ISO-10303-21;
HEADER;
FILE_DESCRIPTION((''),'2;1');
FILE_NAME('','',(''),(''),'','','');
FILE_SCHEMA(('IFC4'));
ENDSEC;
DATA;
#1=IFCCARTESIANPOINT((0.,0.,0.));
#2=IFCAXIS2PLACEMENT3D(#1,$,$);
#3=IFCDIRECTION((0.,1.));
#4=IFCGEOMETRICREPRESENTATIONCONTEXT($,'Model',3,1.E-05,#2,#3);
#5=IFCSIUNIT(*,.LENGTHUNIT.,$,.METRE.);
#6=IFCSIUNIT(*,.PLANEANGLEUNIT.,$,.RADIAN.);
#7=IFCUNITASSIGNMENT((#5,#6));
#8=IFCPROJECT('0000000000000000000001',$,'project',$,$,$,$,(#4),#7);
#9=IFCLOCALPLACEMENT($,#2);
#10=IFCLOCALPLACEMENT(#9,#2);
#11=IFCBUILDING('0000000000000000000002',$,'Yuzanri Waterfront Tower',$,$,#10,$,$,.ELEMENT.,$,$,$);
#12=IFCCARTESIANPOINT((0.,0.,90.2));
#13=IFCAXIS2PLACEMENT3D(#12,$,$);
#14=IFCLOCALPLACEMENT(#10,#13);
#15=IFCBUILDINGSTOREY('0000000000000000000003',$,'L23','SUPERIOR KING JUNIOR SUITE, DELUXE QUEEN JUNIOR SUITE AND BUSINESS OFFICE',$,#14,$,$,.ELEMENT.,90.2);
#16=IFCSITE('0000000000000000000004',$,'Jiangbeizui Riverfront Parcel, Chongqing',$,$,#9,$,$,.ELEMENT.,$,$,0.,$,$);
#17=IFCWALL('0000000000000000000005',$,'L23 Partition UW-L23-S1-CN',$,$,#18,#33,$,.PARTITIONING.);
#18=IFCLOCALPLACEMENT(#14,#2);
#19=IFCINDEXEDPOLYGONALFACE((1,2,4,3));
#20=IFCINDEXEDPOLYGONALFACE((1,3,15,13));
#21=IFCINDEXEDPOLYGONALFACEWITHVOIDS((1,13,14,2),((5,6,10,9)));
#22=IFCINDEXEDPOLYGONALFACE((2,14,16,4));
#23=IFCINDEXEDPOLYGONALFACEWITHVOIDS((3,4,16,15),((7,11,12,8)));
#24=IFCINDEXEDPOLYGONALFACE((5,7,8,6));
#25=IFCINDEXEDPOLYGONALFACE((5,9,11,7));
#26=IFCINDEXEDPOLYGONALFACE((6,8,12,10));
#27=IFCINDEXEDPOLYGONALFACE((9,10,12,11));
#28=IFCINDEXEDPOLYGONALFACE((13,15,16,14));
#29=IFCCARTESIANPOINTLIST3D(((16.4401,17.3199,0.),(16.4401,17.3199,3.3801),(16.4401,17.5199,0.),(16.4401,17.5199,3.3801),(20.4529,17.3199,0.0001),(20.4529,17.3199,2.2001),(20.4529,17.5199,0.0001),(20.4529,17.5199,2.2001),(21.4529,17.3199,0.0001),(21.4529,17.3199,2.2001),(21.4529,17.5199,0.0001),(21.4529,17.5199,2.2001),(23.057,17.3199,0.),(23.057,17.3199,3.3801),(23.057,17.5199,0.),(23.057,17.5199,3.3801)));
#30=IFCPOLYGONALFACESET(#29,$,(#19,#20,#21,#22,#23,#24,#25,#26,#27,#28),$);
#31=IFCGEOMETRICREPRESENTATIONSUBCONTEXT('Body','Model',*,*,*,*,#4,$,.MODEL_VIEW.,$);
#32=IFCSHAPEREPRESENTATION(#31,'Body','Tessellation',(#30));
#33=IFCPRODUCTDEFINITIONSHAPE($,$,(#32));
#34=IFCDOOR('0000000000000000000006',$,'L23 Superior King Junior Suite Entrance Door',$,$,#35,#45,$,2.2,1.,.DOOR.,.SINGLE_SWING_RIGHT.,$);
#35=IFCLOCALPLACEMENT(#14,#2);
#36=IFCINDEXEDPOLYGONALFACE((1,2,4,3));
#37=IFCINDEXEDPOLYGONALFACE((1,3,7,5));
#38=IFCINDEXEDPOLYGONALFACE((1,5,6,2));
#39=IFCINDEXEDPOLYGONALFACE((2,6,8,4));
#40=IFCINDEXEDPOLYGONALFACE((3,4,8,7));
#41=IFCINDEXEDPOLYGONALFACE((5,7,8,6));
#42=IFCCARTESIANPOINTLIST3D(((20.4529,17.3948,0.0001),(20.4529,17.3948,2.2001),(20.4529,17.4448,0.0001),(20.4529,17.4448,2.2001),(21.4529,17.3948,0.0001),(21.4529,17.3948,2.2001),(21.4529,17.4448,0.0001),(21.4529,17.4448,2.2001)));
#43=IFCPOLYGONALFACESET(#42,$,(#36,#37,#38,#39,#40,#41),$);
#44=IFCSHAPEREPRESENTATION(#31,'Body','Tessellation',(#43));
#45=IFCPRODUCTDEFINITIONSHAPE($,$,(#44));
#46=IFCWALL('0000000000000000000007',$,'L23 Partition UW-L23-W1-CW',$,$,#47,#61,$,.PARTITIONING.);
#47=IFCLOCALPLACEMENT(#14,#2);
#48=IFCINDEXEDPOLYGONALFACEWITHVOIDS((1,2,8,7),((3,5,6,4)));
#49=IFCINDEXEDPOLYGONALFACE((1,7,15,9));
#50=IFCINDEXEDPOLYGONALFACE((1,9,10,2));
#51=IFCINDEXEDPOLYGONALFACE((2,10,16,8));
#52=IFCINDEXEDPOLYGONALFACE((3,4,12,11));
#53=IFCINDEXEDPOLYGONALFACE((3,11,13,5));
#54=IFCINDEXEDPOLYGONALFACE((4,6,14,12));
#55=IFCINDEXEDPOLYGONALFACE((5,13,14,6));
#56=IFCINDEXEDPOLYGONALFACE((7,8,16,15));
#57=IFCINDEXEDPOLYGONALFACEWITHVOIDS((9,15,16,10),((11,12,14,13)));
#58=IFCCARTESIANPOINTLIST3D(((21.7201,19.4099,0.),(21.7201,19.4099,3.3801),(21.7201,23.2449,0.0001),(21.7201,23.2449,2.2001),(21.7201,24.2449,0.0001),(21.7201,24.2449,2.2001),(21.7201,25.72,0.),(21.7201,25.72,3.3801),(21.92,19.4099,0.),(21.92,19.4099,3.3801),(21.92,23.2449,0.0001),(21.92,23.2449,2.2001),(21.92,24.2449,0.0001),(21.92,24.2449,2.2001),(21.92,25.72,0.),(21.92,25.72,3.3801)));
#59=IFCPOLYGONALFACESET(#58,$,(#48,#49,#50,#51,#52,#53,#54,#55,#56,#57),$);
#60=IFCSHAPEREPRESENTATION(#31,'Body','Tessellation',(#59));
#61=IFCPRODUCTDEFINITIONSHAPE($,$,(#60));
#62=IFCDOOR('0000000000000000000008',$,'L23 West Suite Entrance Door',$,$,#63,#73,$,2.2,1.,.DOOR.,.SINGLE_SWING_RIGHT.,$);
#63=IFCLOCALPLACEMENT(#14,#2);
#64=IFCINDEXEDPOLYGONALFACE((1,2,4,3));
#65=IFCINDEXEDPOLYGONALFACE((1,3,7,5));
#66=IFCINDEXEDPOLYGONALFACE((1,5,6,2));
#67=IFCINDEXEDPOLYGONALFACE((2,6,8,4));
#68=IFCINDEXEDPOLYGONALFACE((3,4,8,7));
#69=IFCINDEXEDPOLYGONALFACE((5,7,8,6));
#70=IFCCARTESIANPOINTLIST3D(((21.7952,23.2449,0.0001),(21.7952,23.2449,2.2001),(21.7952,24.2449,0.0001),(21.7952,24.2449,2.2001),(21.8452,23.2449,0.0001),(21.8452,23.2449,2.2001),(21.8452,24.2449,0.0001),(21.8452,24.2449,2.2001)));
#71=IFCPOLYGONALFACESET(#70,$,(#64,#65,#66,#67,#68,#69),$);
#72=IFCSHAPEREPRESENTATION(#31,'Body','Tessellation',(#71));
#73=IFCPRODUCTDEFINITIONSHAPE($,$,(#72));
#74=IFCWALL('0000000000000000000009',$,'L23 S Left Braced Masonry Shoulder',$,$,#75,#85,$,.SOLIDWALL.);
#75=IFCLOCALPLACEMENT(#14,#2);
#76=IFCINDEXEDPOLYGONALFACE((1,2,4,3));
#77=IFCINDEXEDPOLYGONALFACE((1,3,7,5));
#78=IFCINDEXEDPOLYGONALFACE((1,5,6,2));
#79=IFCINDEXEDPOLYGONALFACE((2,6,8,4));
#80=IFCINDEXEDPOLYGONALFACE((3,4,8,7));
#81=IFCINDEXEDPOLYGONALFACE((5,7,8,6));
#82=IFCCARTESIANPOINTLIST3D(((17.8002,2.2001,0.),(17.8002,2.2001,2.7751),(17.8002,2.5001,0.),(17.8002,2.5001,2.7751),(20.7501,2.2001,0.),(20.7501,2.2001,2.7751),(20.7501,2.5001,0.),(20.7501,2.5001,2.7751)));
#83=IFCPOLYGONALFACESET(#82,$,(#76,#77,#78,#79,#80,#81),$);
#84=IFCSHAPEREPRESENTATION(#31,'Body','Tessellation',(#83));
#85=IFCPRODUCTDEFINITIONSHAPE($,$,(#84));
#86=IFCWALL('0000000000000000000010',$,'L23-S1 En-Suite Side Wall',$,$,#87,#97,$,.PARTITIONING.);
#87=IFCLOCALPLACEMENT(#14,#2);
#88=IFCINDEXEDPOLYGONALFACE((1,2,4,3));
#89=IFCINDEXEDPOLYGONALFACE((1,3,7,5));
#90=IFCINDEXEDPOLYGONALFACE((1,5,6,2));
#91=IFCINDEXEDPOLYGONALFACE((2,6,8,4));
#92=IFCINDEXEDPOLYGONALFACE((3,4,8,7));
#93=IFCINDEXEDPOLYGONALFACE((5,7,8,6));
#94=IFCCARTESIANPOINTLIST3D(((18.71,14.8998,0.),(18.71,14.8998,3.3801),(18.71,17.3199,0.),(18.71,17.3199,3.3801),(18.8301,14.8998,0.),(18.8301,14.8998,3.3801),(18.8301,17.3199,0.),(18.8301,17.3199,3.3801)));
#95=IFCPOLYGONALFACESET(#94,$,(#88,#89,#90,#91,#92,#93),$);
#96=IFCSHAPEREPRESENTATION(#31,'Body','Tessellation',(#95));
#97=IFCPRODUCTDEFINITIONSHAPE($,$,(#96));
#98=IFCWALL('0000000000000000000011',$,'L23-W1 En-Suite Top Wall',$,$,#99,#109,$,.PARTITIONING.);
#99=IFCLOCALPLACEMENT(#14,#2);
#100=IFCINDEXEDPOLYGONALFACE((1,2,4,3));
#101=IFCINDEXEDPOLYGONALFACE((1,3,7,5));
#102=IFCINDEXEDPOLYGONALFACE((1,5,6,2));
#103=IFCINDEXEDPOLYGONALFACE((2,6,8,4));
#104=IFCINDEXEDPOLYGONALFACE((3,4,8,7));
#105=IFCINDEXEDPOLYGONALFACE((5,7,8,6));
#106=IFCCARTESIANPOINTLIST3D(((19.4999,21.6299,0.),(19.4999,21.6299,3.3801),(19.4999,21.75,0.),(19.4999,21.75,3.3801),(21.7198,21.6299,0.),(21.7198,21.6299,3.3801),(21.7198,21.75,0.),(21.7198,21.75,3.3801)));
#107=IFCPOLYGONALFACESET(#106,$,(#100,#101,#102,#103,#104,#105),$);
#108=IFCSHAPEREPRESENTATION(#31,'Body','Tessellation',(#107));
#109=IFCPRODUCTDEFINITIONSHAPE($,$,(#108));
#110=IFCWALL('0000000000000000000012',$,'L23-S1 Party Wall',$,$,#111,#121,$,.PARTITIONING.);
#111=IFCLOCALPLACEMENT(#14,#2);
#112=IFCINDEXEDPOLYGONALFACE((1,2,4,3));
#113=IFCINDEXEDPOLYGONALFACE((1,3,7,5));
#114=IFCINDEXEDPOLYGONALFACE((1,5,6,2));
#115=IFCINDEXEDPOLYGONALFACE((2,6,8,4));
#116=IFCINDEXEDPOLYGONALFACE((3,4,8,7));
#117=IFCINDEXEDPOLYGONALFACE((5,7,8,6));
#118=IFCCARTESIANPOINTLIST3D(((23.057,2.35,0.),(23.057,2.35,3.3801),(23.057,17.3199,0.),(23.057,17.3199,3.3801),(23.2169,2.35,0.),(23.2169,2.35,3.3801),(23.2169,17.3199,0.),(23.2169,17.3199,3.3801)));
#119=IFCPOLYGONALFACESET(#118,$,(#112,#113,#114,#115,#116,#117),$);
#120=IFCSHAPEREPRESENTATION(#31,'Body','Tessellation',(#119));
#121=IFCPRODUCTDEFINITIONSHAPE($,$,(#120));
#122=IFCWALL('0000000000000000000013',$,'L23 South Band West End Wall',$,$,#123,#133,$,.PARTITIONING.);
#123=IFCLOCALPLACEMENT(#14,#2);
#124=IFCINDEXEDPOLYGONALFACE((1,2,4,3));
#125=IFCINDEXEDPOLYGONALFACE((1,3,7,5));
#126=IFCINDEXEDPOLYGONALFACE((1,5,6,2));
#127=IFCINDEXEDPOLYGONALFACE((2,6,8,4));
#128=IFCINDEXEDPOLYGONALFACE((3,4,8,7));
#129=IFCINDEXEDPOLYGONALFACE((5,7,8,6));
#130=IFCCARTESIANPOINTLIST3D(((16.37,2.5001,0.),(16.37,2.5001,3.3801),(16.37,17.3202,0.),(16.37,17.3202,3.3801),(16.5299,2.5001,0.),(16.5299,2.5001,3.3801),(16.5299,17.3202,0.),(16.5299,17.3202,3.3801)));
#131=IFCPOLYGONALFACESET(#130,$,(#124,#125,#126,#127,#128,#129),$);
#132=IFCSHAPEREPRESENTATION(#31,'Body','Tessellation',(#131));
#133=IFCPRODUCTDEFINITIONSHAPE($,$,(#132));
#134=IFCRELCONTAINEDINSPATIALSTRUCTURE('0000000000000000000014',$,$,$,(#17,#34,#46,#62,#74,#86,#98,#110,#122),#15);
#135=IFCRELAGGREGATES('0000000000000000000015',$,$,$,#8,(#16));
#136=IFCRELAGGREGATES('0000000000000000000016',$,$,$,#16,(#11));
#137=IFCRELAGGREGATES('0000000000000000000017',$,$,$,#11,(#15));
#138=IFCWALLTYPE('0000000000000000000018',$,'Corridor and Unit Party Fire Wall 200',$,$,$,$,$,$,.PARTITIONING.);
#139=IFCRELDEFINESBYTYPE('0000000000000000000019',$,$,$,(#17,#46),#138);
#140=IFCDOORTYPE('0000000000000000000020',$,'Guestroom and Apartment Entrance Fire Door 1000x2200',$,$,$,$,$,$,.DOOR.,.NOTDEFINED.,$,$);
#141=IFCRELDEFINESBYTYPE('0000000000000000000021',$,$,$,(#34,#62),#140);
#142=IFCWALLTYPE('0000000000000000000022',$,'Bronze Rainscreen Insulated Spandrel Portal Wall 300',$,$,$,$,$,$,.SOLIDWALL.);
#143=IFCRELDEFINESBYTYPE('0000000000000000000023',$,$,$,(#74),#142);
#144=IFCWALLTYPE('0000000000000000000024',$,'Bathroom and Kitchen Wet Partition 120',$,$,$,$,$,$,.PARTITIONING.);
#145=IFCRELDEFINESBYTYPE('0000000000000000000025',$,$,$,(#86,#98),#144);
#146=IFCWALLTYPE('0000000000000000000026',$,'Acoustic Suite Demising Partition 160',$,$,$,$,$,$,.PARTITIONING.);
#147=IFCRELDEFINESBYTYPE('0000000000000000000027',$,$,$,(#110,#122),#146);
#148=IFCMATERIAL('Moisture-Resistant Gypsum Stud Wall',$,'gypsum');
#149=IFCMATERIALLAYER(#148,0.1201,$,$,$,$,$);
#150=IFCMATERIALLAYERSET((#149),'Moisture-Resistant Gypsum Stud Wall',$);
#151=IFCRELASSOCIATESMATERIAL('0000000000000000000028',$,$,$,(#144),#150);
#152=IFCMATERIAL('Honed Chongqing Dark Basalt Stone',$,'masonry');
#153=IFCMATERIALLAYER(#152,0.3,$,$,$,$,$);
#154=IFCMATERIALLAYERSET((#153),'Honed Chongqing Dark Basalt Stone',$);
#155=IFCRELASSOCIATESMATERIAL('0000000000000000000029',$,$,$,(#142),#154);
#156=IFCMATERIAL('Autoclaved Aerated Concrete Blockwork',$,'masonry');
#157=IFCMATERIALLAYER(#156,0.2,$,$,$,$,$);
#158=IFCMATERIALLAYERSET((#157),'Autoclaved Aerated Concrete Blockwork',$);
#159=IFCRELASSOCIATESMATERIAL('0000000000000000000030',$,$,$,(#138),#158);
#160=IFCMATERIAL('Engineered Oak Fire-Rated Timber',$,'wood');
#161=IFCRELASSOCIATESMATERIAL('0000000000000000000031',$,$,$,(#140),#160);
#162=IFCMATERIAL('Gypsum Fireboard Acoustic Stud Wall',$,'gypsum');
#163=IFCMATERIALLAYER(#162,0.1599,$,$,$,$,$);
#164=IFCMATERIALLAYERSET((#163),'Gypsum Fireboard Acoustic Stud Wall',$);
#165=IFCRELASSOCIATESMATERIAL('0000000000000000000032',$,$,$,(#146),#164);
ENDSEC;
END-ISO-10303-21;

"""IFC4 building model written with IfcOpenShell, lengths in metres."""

from ifc_helpers import new_model, si_unit, direction, frame, frame_2d, origin, place, context, subcontext, project, spatial, rectangle, extrude, source, transform, mapped, material, layer, layer_set, type_object, element, fill, save


model = new_model("IFC4")

# Units and contexts
model_context = context("Model", 3, precision=1e-05, world=origin(), true_north=direction((0.0, 1.0)))
body_context = subcontext(model_context, "Body", "Model", "MODEL_VIEW")
ifc_project = project(units=[si_unit("LENGTHUNIT", "METRE"), si_unit("PLANEANGLEUNIT", "RADIAN")], contexts=[model_context])

# Site, building, storey
site_placement = place(None, origin())
site = spatial("IfcSite", under=ifc_project, at=site_placement, Name="Jiangbeizui Riverfront Parcel, Chongqing", CompositionType="ELEMENT", RefElevation=0.0)
building_placement = place(site_placement, origin())
building = spatial("IfcBuilding", under=site, at=building_placement, Name="Yuzanri Waterfront Tower", CompositionType="ELEMENT")
storey_placement = place(building_placement, frame((0.0, 0.0, 90.2)))
storey = spatial("IfcBuildingStorey", under=building, at=storey_placement, Name="L23", Description="SUPERIOR KING JUNIOR SUITE, DELUXE QUEEN JUNIOR SUITE AND BUSINESS OFFICE", CompositionType="ELEMENT", Elevation=90.2)

# Shared definitions
ifc_material_1 = material(Name="Moisture-Resistant Gypsum Stud Wall", Category="gypsum")
ifc_layer_1 = layer(ifc_material_1, 0.1201)
ifc_layer_set_1 = layer_set([ifc_layer_1], Name="Moisture-Resistant Gypsum Stud Wall")
wall_type_1 = type_object("IfcWallType", Name="Bathroom and Kitchen Wet Partition 120", PredefinedType="PARTITIONING", material=ifc_layer_set_1)

# Shared definitions
ifc_material_2 = material(Name="Honed Chongqing Dark Basalt Stone", Category="masonry")
ifc_layer_2 = layer(ifc_material_2, 0.3)
ifc_layer_set_2 = layer_set([ifc_layer_2], Name="Honed Chongqing Dark Basalt Stone")
wall_type_2 = type_object("IfcWallType", Name="Bronze Rainscreen Insulated Spandrel Portal Wall 300", PredefinedType="SOLIDWALL", material=ifc_layer_set_2)

# Walls, openings, doors
ifc_material_3 = material(Name="Autoclaved Aerated Concrete Blockwork", Category="masonry")
ifc_layer_3 = layer(ifc_material_3, 0.2)
ifc_layer_set_3 = layer_set([ifc_layer_3], Name="Autoclaved Aerated Concrete Blockwork")
wall_type_3 = type_object("IfcWallType", Name="Corridor and Unit Party Fire Wall 200", PredefinedType="PARTITIONING", material=ifc_layer_set_3)
wall_1_placement = place(storey_placement, frame((16.4399, 17.4199, 0.0), z_axis=(0.0, 0.0, 1.0), x_axis=(1.0, 0.0, 0.0)))
wall_1 = element("IfcWall", 1, at=wall_1_placement, inside=storey, type_object=wall_type_3, Name="L23 Partition UW-L23-S1-CN", PredefinedType="PARTITIONING", context=body_context, shape_type="SweptSolid", body=[
    extrude(rectangle(XDim=6.6169, YDim=0.2, at=frame_2d((3.3086, 0.0))), origin(), (0.0, 0.0, 1.0), 3.3801),
])
opening_1_placement = place(wall_1_placement, frame((4.0129, 0.0, 0.0)))
opening_1 = element("IfcOpeningElement", 2, at=opening_1_placement, cuts=wall_1, PredefinedType="OPENING", context=body_context, shape_type="SweptSolid", body=[
    extrude(rectangle(XDim=1.0, YDim=2.2, at=frame_2d((0.5, 1.1001))), frame((0.0, 0.1147, 0.0), z_axis=(0.0, -1.0, 0.0), x_axis=(1.0, 0.0, 0.0)), (0.0, 0.0, 1.0), 0.2297),
])
ifc_material_4 = material(Name="Engineered Oak Fire-Rated Timber", Category="wood")
door_type_1 = type_object("IfcDoorType", Name="Guestroom and Apartment Entrance Fire Door 1000x2200", OperationType="NOTDEFINED", PredefinedType="DOOR", material=ifc_material_4)
shared_shape_1 = source(origin(), body_context, "Body", "SweptSolid", [
    extrude(rectangle(XDim=1.0, YDim=2.2, at=frame_2d((0.5, 1.1001))), frame((0.0, 0.0249, 0.0), z_axis=(0.0, -1.0, 0.0), x_axis=(1.0, 0.0, 0.0)), (0.0, 0.0, 1.0), 0.05),
])
door_1_placement = place(opening_1_placement, origin())
door_1 = element("IfcDoor", 3, at=door_1_placement, inside=storey, type_object=door_type_1, Name="L23 Superior King Junior Suite Entrance Door", OperationType="SINGLE_SWING_RIGHT", OverallHeight=2.2, OverallWidth=1.0, PredefinedType="DOOR", context=body_context, shape_type="MappedRepresentation", body=[
    mapped(shared_shape_1, transform((0.0, 0.0, 0.0), scale=1.0)),
])
fill(opening_1, door_1)
wall_2_placement = place(storey_placement, frame((21.8201, 19.4099, 0.0), z_axis=(0.0, 0.0, 1.0), x_axis=(0.0, 1.0, 0.0)))
wall_2 = element("IfcWall", 4, at=wall_2_placement, inside=storey, type_object=wall_type_3, Name="L23 Partition UW-L23-W1-CW", PredefinedType="PARTITIONING", context=body_context, shape_type="SweptSolid", body=[
    extrude(rectangle(XDim=6.3101, YDim=0.2, at=frame_2d((3.155, 0.0))), origin(), (0.0, 0.0, 1.0), 3.3801),
])
opening_2_placement = place(wall_2_placement, frame((3.835, 0.0, 0.0)))
opening_2 = element("IfcOpeningElement", 5, at=opening_2_placement, cuts=wall_2, PredefinedType="OPENING", context=body_context, shape_type="SweptSolid", body=[
    extrude(rectangle(XDim=1.0, YDim=2.2, at=frame_2d((0.5, 1.1001))), frame((0.0, 0.1147, 0.0), z_axis=(0.0, -1.0, 0.0), x_axis=(1.0, 0.0, 0.0)), (0.0, 0.0, 1.0), 0.2297),
])
door_2_placement = place(opening_2_placement, origin())
door_2 = element("IfcDoor", 6, at=door_2_placement, inside=storey, type_object=door_type_1, Name="L23 West Suite Entrance Door", OperationType="SINGLE_SWING_RIGHT", OverallHeight=2.2, OverallWidth=1.0, PredefinedType="DOOR", context=body_context, shape_type="MappedRepresentation", body=[
    mapped(shared_shape_1, transform((0.0, 0.0, 0.0), scale=1.0)),
])
fill(opening_2, door_2)

# Walls
shared_shape_2 = source(origin(), body_context, "Body", "SweptSolid", [
    extrude(rectangle(XDim=2.95, YDim=0.3, at=frame_2d((1.4751, 0.0))), origin(), (0.0, 0.0, 1.0), 2.7751),
])
wall_3_placement = place(storey_placement, frame((17.8, 2.3501, 0.0), z_axis=(0.0, 0.0, 1.0), x_axis=(1.0, 0.0, 0.0)))
element("IfcWall", 7, at=wall_3_placement, inside=storey, type_object=wall_type_2, Name="L23 S Left Braced Masonry Shoulder", PredefinedType="SOLIDWALL", context=body_context, shape_type="MappedRepresentation", body=[
    mapped(shared_shape_2, transform((0.0, 0.0, 0.0), scale=1.0)),
])
shared_shape_3 = source(origin(), body_context, "Body", "SweptSolid", [
    extrude(rectangle(XDim=2.4202, YDim=0.1201, at=frame_2d((1.21, 0.0))), origin(), (0.0, 0.0, 1.0), 3.3801),
])
wall_4_placement = place(storey_placement, frame((18.77, 14.8999, 0.0), z_axis=(0.0, 0.0, 1.0), x_axis=(0.0, 1.0, 0.0)))
element("IfcWall", 8, at=wall_4_placement, inside=storey, type_object=wall_type_1, Name="L23-S1 En-Suite Side Wall", PredefinedType="PARTITIONING", context=body_context, shape_type="MappedRepresentation", body=[
    mapped(shared_shape_3, transform((0.0, 0.0, 0.0), scale=1.0)),
])
shared_shape_4 = source(origin(), body_context, "Body", "SweptSolid", [
    extrude(rectangle(XDim=2.22, YDim=0.1201, at=frame_2d((1.1099, 0.0))), origin(), (0.0, 0.0, 1.0), 3.3801),
])
wall_5_placement = place(storey_placement, frame((19.5, 21.6899, 0.0), z_axis=(0.0, 0.0, 1.0), x_axis=(1.0, 0.0, 0.0)))
element("IfcWall", 9, at=wall_5_placement, inside=storey, type_object=wall_type_1, Name="L23-W1 En-Suite Top Wall", PredefinedType="PARTITIONING", context=body_context, shape_type="MappedRepresentation", body=[
    mapped(shared_shape_4, transform((0.0, 0.0, 0.0), scale=1.0)),
])
ifc_material_5 = material(Name="Gypsum Fireboard Acoustic Stud Wall", Category="gypsum")
ifc_layer_4 = layer(ifc_material_5, 0.1599)
ifc_layer_set_4 = layer_set([ifc_layer_4], Name="Gypsum Fireboard Acoustic Stud Wall")
wall_type_4 = type_object("IfcWallType", Name="Acoustic Suite Demising Partition 160", PredefinedType="PARTITIONING", material=ifc_layer_set_4)
shared_shape_5 = source(origin(), body_context, "Body", "SweptSolid", [
    extrude(rectangle(XDim=14.97, YDim=0.1599, at=frame_2d((7.4849, 0.0))), origin(), (0.0, 0.0, 1.0), 3.3801),
])
wall_6_placement = place(storey_placement, frame((23.137, 2.3501, 0.0), z_axis=(0.0, 0.0, 1.0), x_axis=(0.0, 1.0, 0.0)))
element("IfcWall", 10, at=wall_6_placement, inside=storey, type_object=wall_type_4, Name="L23-S1 Party Wall", PredefinedType="PARTITIONING", context=body_context, shape_type="MappedRepresentation", body=[
    mapped(shared_shape_5, transform((0.0, 0.0, 0.0), scale=1.0)),
])
shared_shape_6 = source(origin(), body_context, "Body", "SweptSolid", [
    extrude(rectangle(XDim=14.8201, YDim=0.1599, at=frame_2d((7.4102, 0.0))), origin(), (0.0, 0.0, 1.0), 3.3801),
])
wall_7_placement = place(storey_placement, frame((16.45, 2.5, 0.0), z_axis=(0.0, 0.0, 1.0), x_axis=(0.0, 1.0, 0.0)))
element("IfcWall", 11, at=wall_7_placement, inside=storey, type_object=wall_type_4, Name="L23 South Band West End Wall", PredefinedType="PARTITIONING", context=body_context, shape_type="MappedRepresentation", body=[
    mapped(shared_shape_6, transform((0.0, 0.0, 0.0), scale=1.0)),
])

save(model, "model.ifc")
